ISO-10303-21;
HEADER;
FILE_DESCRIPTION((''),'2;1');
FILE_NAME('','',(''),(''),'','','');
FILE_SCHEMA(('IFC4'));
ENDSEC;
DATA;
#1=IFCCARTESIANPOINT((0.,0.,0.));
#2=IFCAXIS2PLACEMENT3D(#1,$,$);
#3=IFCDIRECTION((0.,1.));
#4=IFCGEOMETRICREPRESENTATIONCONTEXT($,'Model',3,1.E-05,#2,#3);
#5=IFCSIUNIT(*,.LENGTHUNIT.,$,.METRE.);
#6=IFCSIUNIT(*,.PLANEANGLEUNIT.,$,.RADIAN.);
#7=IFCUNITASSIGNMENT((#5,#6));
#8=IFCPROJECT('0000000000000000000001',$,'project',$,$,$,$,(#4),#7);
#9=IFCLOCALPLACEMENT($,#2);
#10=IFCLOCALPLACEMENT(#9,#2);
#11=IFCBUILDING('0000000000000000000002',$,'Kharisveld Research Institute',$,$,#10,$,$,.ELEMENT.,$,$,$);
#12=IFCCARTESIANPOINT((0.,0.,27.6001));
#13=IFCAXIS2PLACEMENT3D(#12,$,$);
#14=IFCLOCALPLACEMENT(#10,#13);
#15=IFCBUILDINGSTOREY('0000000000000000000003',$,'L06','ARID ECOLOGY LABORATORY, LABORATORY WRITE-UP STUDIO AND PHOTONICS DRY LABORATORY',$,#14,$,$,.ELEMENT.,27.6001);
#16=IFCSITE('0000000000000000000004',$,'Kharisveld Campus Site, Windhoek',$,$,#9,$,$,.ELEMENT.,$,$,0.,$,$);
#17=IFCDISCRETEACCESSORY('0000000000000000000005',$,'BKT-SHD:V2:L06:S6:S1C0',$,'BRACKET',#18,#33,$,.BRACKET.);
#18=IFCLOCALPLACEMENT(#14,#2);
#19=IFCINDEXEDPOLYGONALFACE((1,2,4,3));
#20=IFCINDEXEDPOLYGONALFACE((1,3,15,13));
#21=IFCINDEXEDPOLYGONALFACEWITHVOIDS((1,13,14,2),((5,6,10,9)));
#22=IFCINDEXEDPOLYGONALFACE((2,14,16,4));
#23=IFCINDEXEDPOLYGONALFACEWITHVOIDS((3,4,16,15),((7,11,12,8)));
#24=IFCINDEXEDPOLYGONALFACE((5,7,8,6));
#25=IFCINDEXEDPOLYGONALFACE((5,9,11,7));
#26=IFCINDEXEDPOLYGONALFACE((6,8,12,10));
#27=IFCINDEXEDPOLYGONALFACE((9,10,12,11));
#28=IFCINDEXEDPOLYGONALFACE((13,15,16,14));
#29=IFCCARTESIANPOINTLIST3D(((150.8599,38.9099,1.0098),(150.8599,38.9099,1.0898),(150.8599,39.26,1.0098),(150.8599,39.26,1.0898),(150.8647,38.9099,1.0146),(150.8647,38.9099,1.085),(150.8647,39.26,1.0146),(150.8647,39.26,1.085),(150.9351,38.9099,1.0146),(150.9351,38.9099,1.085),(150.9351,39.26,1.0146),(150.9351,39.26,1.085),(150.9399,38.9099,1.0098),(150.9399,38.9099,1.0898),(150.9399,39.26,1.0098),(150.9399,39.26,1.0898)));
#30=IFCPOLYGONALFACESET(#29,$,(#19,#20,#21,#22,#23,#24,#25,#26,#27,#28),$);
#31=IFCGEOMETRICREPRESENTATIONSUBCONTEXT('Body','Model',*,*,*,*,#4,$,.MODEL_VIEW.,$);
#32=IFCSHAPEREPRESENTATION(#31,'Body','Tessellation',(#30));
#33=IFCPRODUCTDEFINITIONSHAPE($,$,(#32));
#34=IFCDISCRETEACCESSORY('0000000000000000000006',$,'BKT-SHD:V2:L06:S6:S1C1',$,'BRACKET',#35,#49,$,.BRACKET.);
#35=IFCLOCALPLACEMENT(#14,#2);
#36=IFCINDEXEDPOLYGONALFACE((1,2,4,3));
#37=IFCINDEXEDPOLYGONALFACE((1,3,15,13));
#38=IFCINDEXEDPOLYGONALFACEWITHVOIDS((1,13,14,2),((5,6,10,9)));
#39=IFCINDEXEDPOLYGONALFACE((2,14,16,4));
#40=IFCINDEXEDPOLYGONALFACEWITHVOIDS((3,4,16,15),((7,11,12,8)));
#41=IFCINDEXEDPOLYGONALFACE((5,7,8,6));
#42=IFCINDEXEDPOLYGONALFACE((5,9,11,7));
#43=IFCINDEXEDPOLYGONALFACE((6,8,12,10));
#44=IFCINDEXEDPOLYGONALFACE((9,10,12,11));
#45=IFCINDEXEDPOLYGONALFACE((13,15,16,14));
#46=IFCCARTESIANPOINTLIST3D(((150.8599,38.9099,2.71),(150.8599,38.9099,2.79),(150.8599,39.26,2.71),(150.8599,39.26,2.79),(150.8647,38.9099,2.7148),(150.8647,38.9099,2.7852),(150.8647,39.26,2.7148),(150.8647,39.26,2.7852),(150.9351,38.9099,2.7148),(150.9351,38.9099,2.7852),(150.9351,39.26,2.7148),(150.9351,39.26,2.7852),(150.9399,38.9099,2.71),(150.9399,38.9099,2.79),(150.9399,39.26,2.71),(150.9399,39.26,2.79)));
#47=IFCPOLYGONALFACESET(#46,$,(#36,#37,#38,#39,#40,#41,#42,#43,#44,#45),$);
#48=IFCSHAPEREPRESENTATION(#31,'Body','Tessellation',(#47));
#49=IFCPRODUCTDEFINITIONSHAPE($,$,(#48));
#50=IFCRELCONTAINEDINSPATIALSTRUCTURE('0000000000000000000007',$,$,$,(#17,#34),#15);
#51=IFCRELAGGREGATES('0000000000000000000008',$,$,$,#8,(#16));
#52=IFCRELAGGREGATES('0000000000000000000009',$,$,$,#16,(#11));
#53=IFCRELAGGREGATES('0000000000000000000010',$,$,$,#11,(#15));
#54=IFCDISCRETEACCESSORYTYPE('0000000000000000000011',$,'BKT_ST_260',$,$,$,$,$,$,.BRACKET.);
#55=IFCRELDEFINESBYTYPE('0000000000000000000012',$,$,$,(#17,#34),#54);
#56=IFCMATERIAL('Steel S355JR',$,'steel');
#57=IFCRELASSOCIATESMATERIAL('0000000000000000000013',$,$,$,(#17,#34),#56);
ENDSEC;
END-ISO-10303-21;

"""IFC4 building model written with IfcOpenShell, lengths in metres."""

from ifc_helpers import new_model, si_unit, direction, frame, origin, origin_2d, place, context, subcontext, project, spatial, hollow_rectangle, extrude, material, type_object, element, save


model = new_model("IFC4")

# Units and contexts
model_context = context("Model", 3, precision=1e-05, world=origin(), true_north=direction((0.0, 1.0)))
body_context = subcontext(model_context, "Body", "Model", "MODEL_VIEW")
ifc_project = project(units=[si_unit("LENGTHUNIT", "METRE"), si_unit("PLANEANGLEUNIT", "RADIAN")], contexts=[model_context])

# Site, building, storey
site_placement = place(None, origin())
site = spatial("IfcSite", under=ifc_project, at=site_placement, Name="Kharisveld Campus Site, Windhoek", CompositionType="ELEMENT", RefElevation=0.0)
building_placement = place(site_placement, origin())
building = spatial("IfcBuilding", under=site, at=building_placement, Name="Kharisveld Research Institute", CompositionType="ELEMENT")
storey_placement = place(building_placement, frame((0.0, 0.0, 27.6001)))
storey = spatial("IfcBuildingStorey", under=building, at=storey_placement, Name="L06", Description="ARID ECOLOGY LABORATORY, LABORATORY WRITE-UP STUDIO AND PHOTONICS DRY LABORATORY", CompositionType="ELEMENT", Elevation=27.6001)

# Discrete accessories
ifc_material_1 = material(Name="Steel S355JR", Category="steel")
discrete_accessory_type = type_object("IfcDiscreteAccessoryType", Name="BKT_ST_260", PredefinedType="BRACKET")
for number, where, z_axis, x_axis, name in (
    (1, (150.8999, 39.26, 1.0498), (0.0, -1.0, 0.0), (1.0, 0.0, 0.0), "BKT-SHD:V2:L06:S6:S1C0"),
    (2, (150.8999, 39.26, 2.75), (0.0, -1.0, 0.0), (1.0, 0.0, 0.0), "BKT-SHD:V2:L06:S6:S1C1"),
):
    element("IfcDiscreteAccessory", number, at=place(storey_placement, frame(where, z_axis=z_axis, x_axis=x_axis)), inside=storey, type_object=discrete_accessory_type, material=ifc_material_1, Name=name, ObjectType="BRACKET", PredefinedType="BRACKET", context=body_context, shape_type="SweptSolid", body=[
        extrude(hollow_rectangle(XDim=0.0801, YDim=0.0801, WallThickness=0.0049, at=origin_2d()), origin(), (0.0, 0.0, 1.0), 0.3501),
    ])

save(model, "model.ifc")
